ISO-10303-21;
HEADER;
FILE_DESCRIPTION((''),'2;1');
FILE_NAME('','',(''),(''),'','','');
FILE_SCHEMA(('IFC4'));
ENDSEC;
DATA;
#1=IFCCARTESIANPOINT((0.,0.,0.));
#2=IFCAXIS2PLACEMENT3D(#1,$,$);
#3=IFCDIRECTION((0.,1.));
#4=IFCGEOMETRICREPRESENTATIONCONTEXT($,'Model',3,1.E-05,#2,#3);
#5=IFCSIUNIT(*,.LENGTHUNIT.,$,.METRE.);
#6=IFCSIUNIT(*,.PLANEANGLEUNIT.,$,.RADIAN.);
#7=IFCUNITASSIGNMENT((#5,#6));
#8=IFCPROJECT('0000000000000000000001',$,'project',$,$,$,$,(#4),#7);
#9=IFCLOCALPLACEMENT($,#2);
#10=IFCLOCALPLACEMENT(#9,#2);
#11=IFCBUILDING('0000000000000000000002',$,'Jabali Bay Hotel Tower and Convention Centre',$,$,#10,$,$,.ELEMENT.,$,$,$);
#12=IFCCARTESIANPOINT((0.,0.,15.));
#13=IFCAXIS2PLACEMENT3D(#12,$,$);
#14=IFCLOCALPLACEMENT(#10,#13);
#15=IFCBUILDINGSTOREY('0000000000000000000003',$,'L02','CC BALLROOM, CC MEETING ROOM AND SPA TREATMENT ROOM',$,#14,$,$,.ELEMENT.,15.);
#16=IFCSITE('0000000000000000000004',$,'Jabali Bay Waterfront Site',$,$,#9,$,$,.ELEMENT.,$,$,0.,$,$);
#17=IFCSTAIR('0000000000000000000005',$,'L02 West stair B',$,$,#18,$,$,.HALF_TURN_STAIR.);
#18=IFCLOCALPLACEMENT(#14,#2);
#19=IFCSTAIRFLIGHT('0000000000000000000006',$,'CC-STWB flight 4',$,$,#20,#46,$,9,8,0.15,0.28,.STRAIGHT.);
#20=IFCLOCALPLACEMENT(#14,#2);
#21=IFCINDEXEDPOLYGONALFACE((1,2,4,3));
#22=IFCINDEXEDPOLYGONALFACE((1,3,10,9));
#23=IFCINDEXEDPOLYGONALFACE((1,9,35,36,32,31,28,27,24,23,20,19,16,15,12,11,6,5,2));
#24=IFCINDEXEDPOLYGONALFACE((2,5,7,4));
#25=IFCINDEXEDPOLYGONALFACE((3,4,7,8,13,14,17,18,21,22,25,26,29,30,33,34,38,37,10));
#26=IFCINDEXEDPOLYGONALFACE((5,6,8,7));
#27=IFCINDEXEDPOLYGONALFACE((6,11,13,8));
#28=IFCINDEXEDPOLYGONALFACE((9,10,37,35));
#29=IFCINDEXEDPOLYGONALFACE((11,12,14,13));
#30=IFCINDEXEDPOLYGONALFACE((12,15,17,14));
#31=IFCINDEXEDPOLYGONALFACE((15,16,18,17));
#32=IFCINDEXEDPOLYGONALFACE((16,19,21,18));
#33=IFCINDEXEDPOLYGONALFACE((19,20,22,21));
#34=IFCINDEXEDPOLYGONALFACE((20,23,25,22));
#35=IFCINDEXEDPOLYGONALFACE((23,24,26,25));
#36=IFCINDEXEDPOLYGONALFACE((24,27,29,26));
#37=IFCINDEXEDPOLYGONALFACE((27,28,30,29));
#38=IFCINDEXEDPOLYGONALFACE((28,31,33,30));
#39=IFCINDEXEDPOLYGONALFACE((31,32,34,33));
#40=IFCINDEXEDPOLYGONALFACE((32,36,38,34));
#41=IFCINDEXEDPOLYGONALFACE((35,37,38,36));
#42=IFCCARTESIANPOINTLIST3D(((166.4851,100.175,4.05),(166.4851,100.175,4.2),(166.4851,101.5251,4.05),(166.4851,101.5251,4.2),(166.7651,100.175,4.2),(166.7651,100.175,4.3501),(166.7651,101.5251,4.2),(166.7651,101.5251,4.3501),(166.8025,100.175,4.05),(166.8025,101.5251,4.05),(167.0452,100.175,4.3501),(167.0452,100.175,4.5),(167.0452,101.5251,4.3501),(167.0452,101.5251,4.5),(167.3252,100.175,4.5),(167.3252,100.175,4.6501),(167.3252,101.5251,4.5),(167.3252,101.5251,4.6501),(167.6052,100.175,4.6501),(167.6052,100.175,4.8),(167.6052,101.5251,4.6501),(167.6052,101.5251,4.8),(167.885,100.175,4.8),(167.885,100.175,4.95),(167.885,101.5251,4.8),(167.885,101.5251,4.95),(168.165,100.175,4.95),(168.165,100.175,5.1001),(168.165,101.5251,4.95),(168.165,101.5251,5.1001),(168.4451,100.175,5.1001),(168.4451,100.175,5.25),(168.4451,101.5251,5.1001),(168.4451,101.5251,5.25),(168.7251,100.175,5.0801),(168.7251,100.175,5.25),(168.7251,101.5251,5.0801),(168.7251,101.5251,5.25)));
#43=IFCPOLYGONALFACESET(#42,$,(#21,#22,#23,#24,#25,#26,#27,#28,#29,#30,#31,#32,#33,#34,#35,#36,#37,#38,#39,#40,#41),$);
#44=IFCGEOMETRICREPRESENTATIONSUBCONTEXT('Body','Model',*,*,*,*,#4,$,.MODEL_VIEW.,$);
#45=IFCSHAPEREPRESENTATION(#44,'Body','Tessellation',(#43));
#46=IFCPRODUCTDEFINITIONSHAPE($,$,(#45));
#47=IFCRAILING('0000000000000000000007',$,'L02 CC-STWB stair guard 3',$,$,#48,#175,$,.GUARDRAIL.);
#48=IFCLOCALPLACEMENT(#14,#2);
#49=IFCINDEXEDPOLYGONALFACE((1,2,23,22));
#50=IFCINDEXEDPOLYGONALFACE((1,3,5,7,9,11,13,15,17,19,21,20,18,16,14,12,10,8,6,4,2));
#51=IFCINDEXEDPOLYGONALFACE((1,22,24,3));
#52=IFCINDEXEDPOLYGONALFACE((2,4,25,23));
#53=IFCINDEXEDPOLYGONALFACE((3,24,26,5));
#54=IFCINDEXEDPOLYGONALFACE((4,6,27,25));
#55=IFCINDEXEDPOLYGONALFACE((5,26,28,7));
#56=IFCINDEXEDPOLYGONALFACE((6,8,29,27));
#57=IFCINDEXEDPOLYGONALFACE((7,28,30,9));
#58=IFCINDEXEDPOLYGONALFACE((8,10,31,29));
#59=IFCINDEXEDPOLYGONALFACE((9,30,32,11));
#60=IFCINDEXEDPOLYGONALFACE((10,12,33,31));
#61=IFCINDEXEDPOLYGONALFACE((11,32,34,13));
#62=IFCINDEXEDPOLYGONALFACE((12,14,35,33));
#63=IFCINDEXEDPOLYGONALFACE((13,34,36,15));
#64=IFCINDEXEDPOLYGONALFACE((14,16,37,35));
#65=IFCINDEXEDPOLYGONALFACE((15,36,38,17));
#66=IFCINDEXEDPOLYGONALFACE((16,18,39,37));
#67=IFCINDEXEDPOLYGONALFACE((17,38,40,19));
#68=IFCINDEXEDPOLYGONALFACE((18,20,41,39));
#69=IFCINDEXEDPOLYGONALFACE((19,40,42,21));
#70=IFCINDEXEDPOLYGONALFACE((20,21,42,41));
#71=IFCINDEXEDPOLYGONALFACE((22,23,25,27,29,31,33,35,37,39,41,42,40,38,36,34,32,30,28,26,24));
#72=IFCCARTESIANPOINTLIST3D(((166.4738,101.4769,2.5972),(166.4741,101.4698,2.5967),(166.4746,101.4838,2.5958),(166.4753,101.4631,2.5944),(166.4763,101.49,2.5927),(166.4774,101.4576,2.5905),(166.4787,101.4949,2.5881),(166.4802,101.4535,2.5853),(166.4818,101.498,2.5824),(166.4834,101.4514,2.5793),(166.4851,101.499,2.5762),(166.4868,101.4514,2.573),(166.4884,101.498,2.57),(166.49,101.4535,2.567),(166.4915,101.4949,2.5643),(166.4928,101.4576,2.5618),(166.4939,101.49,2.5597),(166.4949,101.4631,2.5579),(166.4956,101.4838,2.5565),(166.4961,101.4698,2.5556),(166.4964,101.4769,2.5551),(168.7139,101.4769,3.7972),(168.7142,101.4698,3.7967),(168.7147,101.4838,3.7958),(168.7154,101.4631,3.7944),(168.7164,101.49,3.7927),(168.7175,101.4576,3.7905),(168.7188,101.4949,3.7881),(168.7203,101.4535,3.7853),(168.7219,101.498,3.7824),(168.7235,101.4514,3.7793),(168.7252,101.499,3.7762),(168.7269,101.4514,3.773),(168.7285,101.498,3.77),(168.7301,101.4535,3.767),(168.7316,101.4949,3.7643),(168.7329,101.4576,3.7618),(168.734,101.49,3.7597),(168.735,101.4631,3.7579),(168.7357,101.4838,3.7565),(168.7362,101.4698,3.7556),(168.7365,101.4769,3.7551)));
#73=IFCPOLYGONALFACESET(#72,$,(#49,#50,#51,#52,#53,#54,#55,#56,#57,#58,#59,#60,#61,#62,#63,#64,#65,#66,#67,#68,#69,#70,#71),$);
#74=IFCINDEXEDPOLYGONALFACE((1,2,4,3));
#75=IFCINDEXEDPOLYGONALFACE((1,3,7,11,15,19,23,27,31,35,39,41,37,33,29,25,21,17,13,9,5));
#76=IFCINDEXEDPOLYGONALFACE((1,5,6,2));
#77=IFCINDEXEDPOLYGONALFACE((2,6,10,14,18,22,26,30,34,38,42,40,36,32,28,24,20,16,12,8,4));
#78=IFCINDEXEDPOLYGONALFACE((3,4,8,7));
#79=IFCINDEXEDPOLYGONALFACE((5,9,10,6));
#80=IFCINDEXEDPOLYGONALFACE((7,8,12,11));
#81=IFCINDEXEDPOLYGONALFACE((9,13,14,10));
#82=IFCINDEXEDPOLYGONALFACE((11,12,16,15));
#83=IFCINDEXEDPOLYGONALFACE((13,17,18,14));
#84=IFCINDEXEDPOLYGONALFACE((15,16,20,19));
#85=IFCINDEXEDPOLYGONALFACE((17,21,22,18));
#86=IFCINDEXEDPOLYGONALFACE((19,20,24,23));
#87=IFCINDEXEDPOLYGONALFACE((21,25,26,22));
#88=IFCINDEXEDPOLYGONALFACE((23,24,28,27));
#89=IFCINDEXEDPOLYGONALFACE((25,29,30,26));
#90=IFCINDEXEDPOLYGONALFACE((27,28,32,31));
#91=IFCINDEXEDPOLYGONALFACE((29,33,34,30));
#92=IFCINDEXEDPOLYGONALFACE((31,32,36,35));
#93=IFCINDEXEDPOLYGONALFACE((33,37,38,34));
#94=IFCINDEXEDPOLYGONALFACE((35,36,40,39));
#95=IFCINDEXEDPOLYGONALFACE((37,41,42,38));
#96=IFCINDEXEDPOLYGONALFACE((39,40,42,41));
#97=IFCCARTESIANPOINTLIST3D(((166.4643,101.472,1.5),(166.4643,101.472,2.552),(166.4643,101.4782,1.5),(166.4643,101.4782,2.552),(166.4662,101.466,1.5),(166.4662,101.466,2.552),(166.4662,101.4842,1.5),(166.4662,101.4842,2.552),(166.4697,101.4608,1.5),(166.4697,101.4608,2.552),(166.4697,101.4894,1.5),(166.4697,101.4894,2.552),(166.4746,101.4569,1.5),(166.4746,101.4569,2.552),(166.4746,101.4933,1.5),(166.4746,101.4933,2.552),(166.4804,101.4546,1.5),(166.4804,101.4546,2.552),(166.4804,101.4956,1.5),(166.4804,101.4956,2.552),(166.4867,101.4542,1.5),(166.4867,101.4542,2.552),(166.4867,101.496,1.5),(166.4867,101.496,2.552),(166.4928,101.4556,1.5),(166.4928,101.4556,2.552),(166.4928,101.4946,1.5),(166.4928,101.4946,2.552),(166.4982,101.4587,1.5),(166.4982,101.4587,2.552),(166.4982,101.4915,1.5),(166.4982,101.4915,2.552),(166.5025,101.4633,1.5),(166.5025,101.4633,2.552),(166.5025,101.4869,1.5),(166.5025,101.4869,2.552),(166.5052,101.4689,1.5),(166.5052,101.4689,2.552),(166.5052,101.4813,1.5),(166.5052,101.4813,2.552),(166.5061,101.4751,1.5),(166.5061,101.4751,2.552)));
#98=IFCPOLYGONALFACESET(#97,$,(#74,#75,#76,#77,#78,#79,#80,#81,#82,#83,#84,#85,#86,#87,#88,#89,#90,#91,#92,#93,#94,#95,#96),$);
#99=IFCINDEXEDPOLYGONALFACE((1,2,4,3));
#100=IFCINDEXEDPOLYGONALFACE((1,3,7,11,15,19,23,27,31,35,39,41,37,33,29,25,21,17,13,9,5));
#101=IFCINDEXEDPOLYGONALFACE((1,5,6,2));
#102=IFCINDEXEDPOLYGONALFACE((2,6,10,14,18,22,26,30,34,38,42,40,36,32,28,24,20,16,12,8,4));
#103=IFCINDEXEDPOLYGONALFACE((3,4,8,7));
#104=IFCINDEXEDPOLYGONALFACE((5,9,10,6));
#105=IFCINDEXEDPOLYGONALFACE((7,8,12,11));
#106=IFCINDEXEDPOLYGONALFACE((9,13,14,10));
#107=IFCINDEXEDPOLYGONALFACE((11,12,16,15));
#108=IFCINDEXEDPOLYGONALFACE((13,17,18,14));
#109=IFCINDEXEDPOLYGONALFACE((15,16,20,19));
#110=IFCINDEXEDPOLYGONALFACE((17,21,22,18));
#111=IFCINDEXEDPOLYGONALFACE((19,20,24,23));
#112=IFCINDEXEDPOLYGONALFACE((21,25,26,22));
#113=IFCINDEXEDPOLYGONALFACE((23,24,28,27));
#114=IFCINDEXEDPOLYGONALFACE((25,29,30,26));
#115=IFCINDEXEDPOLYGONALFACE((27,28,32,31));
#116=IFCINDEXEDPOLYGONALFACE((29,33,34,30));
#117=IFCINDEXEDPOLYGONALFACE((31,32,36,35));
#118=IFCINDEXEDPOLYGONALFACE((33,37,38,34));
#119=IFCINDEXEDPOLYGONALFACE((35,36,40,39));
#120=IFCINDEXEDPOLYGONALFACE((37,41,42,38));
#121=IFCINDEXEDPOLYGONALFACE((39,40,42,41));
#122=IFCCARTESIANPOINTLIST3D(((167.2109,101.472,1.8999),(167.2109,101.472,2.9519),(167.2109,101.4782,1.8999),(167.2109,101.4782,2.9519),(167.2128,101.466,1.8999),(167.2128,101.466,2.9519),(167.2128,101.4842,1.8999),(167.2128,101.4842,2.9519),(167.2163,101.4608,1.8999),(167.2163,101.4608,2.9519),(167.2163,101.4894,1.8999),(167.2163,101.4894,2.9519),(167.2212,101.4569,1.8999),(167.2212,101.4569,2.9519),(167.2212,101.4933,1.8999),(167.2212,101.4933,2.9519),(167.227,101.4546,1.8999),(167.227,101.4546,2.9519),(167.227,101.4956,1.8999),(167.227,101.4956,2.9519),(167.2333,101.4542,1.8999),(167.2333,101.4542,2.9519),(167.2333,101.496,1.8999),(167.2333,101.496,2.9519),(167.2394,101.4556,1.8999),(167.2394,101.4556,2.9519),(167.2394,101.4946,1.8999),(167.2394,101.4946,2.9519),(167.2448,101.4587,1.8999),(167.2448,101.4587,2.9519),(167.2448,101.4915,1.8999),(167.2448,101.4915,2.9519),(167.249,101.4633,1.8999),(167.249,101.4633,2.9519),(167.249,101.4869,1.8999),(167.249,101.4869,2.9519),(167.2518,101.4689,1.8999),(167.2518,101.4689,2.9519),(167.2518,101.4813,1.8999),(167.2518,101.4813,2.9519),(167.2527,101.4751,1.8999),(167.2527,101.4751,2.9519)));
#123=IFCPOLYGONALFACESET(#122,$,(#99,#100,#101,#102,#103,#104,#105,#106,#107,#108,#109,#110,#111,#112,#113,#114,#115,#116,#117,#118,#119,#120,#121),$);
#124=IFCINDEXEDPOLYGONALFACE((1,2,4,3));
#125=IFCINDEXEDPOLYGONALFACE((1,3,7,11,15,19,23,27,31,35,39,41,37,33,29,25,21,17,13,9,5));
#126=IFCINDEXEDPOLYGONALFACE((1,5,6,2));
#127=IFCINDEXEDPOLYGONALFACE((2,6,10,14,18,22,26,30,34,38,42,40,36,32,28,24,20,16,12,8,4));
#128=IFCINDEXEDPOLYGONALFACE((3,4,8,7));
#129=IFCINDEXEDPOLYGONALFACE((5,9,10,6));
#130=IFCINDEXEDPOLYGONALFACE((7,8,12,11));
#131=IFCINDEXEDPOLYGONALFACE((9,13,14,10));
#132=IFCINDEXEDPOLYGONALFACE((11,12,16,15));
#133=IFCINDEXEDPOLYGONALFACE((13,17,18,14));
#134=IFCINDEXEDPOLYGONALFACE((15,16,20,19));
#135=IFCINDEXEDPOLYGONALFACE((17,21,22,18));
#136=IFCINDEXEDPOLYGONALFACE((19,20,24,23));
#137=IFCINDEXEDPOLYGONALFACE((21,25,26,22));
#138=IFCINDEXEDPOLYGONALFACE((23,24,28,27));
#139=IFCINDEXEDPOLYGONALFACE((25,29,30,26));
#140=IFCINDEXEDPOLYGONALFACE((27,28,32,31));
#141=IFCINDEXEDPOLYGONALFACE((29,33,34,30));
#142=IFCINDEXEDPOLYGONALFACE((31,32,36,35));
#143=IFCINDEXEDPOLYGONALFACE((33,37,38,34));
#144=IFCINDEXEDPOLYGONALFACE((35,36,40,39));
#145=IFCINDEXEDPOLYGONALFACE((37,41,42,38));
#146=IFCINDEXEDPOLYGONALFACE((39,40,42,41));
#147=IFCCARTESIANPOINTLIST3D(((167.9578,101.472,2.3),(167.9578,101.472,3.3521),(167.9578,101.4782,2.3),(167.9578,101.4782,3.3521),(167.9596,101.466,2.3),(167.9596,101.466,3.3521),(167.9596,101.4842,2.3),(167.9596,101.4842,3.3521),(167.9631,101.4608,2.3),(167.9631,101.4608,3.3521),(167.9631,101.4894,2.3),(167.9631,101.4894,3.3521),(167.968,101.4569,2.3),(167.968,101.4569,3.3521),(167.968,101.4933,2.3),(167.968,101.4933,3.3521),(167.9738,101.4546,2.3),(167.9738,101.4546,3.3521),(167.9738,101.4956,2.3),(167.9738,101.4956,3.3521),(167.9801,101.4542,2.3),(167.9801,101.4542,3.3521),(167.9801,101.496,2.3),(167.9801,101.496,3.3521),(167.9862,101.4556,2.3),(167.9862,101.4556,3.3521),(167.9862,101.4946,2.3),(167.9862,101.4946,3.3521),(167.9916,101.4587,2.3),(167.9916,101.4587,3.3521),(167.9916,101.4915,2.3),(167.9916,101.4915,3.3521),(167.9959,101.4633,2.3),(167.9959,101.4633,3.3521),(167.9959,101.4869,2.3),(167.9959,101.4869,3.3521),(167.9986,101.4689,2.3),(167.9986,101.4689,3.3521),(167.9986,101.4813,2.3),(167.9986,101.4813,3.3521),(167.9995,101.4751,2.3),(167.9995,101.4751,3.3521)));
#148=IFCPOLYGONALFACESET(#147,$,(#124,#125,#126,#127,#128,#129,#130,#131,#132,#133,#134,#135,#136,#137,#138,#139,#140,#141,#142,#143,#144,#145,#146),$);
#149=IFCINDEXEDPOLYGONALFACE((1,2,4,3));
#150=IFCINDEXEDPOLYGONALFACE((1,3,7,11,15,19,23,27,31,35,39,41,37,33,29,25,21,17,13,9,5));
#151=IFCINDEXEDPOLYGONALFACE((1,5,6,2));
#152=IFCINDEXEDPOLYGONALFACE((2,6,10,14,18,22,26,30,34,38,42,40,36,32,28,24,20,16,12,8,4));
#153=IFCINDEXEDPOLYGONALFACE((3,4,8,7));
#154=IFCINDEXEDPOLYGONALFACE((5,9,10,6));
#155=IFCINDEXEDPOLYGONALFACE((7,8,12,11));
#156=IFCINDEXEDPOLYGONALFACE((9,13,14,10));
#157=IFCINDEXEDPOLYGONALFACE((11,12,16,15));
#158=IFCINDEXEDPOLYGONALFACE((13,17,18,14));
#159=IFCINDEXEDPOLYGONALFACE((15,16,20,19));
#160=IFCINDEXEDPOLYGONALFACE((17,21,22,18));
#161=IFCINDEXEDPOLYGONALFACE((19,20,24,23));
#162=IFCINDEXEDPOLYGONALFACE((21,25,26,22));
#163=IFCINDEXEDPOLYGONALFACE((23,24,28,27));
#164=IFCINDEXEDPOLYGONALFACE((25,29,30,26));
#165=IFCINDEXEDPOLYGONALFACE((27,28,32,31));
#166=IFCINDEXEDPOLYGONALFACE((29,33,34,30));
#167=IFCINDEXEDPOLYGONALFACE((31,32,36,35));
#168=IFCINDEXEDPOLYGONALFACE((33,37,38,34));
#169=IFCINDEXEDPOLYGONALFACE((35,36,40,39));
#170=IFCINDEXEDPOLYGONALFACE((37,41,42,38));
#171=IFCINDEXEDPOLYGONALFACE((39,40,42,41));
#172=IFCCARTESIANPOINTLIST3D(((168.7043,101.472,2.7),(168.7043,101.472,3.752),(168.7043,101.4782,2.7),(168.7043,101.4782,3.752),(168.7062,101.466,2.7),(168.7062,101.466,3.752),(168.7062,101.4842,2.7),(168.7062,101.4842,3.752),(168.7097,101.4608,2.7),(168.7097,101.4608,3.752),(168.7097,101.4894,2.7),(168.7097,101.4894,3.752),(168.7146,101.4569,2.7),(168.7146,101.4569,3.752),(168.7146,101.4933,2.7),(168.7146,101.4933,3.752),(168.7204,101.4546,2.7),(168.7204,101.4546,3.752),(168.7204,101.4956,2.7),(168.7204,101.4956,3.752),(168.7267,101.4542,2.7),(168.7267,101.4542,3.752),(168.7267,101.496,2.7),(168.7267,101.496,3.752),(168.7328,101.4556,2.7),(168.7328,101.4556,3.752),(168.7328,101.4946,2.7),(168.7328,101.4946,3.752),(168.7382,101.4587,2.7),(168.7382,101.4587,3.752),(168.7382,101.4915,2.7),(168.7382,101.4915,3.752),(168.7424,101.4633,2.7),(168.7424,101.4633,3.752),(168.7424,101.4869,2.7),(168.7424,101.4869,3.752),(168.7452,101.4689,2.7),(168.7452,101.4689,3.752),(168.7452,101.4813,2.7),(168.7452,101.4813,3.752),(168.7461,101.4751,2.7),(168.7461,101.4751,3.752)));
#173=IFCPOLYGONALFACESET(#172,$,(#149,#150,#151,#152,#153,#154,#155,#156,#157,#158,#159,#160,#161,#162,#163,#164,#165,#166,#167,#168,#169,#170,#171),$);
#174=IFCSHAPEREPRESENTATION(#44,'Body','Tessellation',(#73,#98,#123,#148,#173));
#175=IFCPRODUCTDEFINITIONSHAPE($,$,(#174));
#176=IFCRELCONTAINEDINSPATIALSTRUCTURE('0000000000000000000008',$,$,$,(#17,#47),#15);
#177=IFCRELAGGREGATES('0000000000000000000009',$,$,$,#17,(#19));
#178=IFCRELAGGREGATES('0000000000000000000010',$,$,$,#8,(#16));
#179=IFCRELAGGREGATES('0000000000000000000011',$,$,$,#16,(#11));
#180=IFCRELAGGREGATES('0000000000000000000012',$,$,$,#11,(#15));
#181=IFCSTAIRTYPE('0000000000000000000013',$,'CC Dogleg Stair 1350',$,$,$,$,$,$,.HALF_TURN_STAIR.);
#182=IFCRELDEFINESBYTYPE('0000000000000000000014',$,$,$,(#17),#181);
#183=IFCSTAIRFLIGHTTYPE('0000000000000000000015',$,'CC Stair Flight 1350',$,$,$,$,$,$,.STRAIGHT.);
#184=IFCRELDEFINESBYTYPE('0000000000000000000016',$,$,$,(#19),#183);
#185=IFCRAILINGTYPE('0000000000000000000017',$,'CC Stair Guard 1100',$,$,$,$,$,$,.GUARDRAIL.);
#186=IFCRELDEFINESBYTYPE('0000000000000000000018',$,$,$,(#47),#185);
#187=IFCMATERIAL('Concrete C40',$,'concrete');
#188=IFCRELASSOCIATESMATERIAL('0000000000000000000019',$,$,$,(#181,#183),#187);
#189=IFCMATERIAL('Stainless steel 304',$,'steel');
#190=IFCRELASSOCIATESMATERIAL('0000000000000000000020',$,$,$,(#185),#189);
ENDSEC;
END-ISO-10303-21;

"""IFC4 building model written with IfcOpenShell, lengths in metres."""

from ifc_helpers import new_model, si_unit, direction, frame, origin, origin_2d, place, context, subcontext, project, spatial, polyline, circle, outline, extrude, material, type_object, element, aggregate, save


model = new_model("IFC4")

# Units and contexts
model_context = context("Model", 3, precision=1e-05, world=origin(), true_north=direction((0.0, 1.0)))
body_context = subcontext(model_context, "Body", "Model", "MODEL_VIEW")
ifc_project = project(units=[si_unit("LENGTHUNIT", "METRE"), si_unit("PLANEANGLEUNIT", "RADIAN")], contexts=[model_context])

# Site, building, storey
site_placement = place(None, origin())
site = spatial("IfcSite", under=ifc_project, at=site_placement, Name="Jabali Bay Waterfront Site", CompositionType="ELEMENT", RefElevation=0.0)
building_placement = place(site_placement, origin())
building = spatial("IfcBuilding", under=site, at=building_placement, Name="Jabali Bay Hotel Tower and Convention Centre", CompositionType="ELEMENT")
storey_placement = place(building_placement, frame((0.0, 0.0, 15.0)))
storey = spatial("IfcBuildingStorey", under=building, at=storey_placement, Name="L02", Description="CC BALLROOM, CC MEETING ROOM AND SPA TREATMENT ROOM", CompositionType="ELEMENT", Elevation=15.0)

# Shared definitions
ifc_material_1 = material(Name="Concrete C40", Category="concrete")

# Stair, stair flight
stair_type = type_object("IfcStairType", Name="CC Dogleg Stair 1350", PredefinedType="HALF_TURN_STAIR", material=ifc_material_1)
stair_placement = place(storey_placement, origin())
stair = element("IfcStair", 1, at=stair_placement, inside=storey, type_object=stair_type, Name="L02 West stair B", PredefinedType="HALF_TURN_STAIR")
stair_flight_type = type_object("IfcStairFlightType", Name="CC Stair Flight 1350", PredefinedType="STRAIGHT", material=ifc_material_1)
stair_flight_1_placement = place(storey_placement, frame((166.4851, 100.8501, 4.05), z_axis=(0.0, 0.0, 1.0), x_axis=(1.0, 0.0, 0.0)))
stair_flight_1 = element("IfcStairFlight", 2, at=stair_flight_1_placement, type_object=stair_flight_type, Name="CC-STWB flight 4", NumberOfRisers=9, NumberOfTreads=8, PredefinedType="STRAIGHT", RiserHeight=0.15, TreadLength=0.28, context=body_context, shape_type="SweptSolid", body=[
    extrude(outline(polyline([(0.0, 0.0), (0.0, 0.1499), (0.28, 0.1499), (0.28, 0.3), (0.5601, 0.3), (0.5601, 0.45), (0.8401, 0.45), (0.8401, 0.6001), (1.1201, 0.6001), (1.1201, 0.75), (1.3999, 0.75), (1.3999, 0.8999), (1.6799, 0.8999), (1.6799, 1.05), (1.96, 1.05), (1.96, 1.2), (2.24, 1.2), (2.24, 1.3501), (2.24, 1.03), (0.3174, 0.0), (0.0, 0.0)])), frame((0.0, 0.675, 0.0), z_axis=(0.0, -1.0, 0.0), x_axis=(1.0, 0.0, 0.0)), (0.0, 0.0, 1.0), 1.3501),
])
aggregate(stair, [stair_flight_1])

# Railing
ifc_material_2 = material(Name="Stainless steel 304", Category="steel")
railing_type_1 = type_object("IfcRailingType", Name="CC Stair Guard 1100", PredefinedType="GUARDRAIL", material=ifc_material_2)
railing_placement = place(storey_placement, frame((166.4851, 101.4751, 1.5)))
element("IfcRailing", 3, at=railing_placement, inside=storey, type_object=railing_type_1, Name="L02 CC-STWB stair guard 3", PredefinedType="GUARDRAIL", context=body_context, shape_type="SweptSolid", body=[
    extrude(circle(Radius=0.0239, at=origin_2d()), frame((0.0, 0.0, 1.0762), z_axis=(0.881487, 0.0, 0.472208), x_axis=(0.0, 1.0, 0.0)), (0.0, 0.0, 1.0), 2.5413),
    extrude(circle(Radius=0.021, at=origin_2d()), origin(), (0.0, 0.0, 1.0), 1.052),
    extrude(circle(Radius=0.021, at=origin_2d()), frame((0.7466, 0.0, 0.3999)), (0.0, 0.0, 1.0), 1.052),
    extrude(circle(Radius=0.021, at=origin_2d()), frame((1.4934, 0.0, 0.8)), (0.0, 0.0, 1.0), 1.052),
    extrude(circle(Radius=0.021, at=origin_2d()), frame((2.24, 0.0, 1.2)), (0.0, 0.0, 1.0), 1.052),
])

save(model, "model.ifc")
